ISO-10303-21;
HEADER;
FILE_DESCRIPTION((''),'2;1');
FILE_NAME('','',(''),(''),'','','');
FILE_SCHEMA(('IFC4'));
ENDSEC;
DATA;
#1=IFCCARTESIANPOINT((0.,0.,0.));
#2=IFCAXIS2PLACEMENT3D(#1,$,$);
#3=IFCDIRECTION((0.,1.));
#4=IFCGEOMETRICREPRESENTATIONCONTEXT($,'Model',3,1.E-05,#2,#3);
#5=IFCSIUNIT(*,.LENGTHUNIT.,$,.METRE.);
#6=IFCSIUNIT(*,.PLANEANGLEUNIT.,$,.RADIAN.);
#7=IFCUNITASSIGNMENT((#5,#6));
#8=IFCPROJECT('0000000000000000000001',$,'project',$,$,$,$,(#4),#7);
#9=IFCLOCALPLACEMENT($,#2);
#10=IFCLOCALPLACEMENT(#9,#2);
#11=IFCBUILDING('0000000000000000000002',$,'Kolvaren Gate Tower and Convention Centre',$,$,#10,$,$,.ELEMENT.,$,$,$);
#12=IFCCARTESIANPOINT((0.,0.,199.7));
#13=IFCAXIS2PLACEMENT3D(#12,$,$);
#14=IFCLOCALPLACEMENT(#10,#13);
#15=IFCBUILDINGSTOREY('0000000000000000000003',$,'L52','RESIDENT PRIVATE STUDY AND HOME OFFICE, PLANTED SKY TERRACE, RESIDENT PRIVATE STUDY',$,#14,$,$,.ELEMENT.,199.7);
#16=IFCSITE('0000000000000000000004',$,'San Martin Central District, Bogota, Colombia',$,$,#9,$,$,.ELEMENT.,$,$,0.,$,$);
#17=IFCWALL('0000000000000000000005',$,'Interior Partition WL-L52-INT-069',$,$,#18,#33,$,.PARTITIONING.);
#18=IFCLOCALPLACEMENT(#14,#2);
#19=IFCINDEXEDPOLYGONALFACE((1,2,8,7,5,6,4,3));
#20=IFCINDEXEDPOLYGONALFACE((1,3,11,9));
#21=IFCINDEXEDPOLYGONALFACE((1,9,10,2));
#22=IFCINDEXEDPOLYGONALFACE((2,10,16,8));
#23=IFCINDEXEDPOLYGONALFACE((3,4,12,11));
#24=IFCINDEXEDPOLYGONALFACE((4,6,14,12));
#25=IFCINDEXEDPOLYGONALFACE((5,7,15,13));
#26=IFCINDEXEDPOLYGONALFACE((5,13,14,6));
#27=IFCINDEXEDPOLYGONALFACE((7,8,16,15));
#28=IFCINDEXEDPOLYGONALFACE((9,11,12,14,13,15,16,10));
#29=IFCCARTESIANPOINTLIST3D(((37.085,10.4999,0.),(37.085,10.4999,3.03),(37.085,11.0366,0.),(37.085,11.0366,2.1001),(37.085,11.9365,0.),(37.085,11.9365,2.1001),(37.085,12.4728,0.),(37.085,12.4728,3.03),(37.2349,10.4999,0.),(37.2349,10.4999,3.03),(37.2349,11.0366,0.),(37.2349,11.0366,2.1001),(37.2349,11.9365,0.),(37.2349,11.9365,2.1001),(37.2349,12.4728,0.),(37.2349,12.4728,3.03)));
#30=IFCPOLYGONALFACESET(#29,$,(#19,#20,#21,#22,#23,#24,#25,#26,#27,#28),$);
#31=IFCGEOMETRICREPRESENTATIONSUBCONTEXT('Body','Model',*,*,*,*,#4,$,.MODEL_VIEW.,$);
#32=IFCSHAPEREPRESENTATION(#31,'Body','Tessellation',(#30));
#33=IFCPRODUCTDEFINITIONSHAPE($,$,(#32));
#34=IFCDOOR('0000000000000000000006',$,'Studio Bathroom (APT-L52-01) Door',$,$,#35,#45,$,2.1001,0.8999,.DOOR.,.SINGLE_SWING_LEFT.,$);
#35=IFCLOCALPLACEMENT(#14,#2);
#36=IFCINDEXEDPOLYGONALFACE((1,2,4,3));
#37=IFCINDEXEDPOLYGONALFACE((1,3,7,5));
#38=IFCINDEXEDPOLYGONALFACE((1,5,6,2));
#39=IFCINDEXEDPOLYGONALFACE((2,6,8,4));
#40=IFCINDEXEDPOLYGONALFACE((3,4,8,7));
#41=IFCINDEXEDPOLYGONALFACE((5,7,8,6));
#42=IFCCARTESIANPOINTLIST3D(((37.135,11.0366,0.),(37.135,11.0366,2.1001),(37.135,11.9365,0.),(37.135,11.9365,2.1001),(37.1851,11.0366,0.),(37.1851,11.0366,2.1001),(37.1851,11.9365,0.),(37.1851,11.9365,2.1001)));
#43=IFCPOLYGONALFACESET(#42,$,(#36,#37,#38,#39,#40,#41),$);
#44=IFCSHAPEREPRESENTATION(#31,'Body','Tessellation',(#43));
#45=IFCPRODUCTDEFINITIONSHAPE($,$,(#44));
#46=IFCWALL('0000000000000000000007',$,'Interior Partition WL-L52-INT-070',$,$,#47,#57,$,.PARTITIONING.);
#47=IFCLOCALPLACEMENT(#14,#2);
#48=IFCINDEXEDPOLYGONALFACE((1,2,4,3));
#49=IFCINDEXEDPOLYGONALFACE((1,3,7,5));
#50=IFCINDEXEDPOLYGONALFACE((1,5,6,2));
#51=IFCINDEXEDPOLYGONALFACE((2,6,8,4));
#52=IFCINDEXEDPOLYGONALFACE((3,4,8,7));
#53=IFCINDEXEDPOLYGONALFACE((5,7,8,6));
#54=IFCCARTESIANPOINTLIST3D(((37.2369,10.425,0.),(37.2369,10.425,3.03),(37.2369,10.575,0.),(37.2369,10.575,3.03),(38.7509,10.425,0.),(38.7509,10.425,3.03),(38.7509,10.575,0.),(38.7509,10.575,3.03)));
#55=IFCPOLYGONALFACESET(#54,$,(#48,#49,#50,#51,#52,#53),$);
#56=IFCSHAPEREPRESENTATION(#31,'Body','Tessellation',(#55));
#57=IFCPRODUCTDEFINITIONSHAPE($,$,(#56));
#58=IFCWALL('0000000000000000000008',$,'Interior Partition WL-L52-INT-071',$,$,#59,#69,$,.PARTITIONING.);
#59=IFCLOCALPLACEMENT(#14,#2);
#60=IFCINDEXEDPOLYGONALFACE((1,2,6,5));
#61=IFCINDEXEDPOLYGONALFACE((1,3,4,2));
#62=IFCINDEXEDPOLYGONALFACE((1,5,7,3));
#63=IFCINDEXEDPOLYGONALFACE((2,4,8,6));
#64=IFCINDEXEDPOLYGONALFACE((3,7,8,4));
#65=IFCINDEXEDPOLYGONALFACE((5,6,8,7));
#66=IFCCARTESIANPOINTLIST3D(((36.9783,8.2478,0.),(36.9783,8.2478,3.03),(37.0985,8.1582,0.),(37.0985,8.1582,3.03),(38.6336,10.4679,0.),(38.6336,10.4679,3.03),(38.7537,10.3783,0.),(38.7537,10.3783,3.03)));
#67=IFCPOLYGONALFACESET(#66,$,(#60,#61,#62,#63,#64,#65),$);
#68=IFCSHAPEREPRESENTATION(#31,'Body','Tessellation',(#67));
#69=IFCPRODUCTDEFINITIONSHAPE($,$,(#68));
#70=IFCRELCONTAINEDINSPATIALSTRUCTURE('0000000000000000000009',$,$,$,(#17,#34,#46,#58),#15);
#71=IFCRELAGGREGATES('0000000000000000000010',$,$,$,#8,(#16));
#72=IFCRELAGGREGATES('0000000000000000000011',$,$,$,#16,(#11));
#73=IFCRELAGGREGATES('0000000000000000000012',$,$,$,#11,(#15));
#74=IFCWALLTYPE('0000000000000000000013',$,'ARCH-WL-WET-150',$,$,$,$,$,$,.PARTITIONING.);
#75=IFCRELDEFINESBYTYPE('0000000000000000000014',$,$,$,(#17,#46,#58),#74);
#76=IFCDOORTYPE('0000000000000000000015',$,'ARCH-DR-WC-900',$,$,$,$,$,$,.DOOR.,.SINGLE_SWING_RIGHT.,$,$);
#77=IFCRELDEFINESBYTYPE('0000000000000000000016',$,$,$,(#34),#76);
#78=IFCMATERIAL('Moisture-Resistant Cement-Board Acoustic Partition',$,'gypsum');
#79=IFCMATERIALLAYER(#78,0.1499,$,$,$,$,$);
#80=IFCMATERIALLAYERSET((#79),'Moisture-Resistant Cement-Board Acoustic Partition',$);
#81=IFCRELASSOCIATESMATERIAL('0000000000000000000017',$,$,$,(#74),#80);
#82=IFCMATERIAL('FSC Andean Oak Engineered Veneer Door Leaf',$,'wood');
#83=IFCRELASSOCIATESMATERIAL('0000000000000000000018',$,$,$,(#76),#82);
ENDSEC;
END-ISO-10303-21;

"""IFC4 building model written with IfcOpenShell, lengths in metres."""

from ifc_helpers import new_model, si_unit, direction, frame, frame_2d, origin, place, context, subcontext, project, spatial, rectangle, extrude, material, layer, layer_set, type_object, element, fill, save


model = new_model("IFC4")

# Units and contexts
model_context = context("Model", 3, precision=1e-05, world=origin(), true_north=direction((0.0, 1.0)))
body_context = subcontext(model_context, "Body", "Model", "MODEL_VIEW")
ifc_project = project(units=[si_unit("LENGTHUNIT", "METRE"), si_unit("PLANEANGLEUNIT", "RADIAN")], contexts=[model_context])

# Site, building, storey
site_placement = place(None, origin())
site = spatial("IfcSite", under=ifc_project, at=site_placement, Name="San Martin Central District, Bogota, Colombia", CompositionType="ELEMENT", RefElevation=0.0)
building_placement = place(site_placement, origin())
building = spatial("IfcBuilding", under=site, at=building_placement, Name="Kolvaren Gate Tower and Convention Centre", CompositionType="ELEMENT")
storey_placement = place(building_placement, frame((0.0, 0.0, 199.7)))
storey = spatial("IfcBuildingStorey", under=building, at=storey_placement, Name="L52", Description="RESIDENT PRIVATE STUDY AND HOME OFFICE, PLANTED SKY TERRACE, RESIDENT PRIVATE STUDY", CompositionType="ELEMENT", Elevation=199.7)

# Shared definitions
ifc_material_1 = material(Name="FSC Andean Oak Engineered Veneer Door Leaf", Category="wood")

# Shared definitions
ifc_material_2 = material(Name="Moisture-Resistant Cement-Board Acoustic Partition", Category="gypsum")
ifc_layer_1 = layer(ifc_material_2, 0.1499)
ifc_layer_set_1 = layer_set([ifc_layer_1], Name="Moisture-Resistant Cement-Board Acoustic Partition")
wall_type_1 = type_object("IfcWallType", Name="ARCH-WL-WET-150", PredefinedType="PARTITIONING", material=ifc_layer_set_1)

# Wall, opening, door
wall_1_placement = place(storey_placement, frame((37.1599, 10.5, 0.0), z_axis=(0.0, 0.0, 1.0), x_axis=(0.0, 1.0, 0.0)))
wall_1 = element("IfcWall", 1, at=wall_1_placement, inside=storey, type_object=wall_type_1, Name="Interior Partition WL-L52-INT-069", PredefinedType="PARTITIONING", context=body_context, shape_type="SweptSolid", body=[
    extrude(rectangle(XDim=1.9729, YDim=0.1499, at=frame_2d((0.9863, 0.0))), origin(), (0.0, 0.0, 1.0), 3.03),
])
opening_1_placement = place(wall_1_placement, frame((0.5366, 0.0, 0.0)))
opening_1 = element("IfcOpeningElement", 2, at=opening_1_placement, cuts=wall_1, PredefinedType="OPENING", context=body_context, shape_type="SweptSolid", body=[
    extrude(rectangle(XDim=0.8999, YDim=2.1001, at=frame_2d((0.45, 1.05))), frame((0.0, 0.085, 0.0), z_axis=(0.0, -1.0, 0.0), x_axis=(1.0, 0.0, 0.0)), (0.0, 0.0, 1.0), 0.1699),
])
door_type_1 = type_object("IfcDoorType", Name="ARCH-DR-WC-900", OperationType="SINGLE_SWING_RIGHT", PredefinedType="DOOR", material=ifc_material_1)
door_1_placement = place(opening_1_placement, origin())
door_1 = element("IfcDoor", 3, at=door_1_placement, inside=storey, type_object=door_type_1, Name="Studio Bathroom (APT-L52-01) Door", OperationType="SINGLE_SWING_LEFT", OverallHeight=2.1001, OverallWidth=0.8999, PredefinedType="DOOR", context=body_context, shape_type="SweptSolid", body=[
    extrude(rectangle(XDim=0.8999, YDim=2.1001, at=frame_2d((0.45, 1.05))), frame((0.0, 0.0249, 0.0), z_axis=(0.0, -1.0, 0.0), x_axis=(1.0, 0.0, 0.0)), (0.0, 0.0, 1.0), 0.05),
])
fill(opening_1, door_1)

# Walls
wall_2_placement = place(storey_placement, frame((37.2371, 10.5, 0.0), z_axis=(0.0, 0.0, 1.0), x_axis=(1.0, 0.0, 0.0)))
element("IfcWall", 4, at=wall_2_placement, inside=storey, type_object=wall_type_1, Name="Interior Partition WL-L52-INT-070", PredefinedType="PARTITIONING", context=body_context, shape_type="SweptSolid", body=[
    extrude(rectangle(XDim=1.5139, YDim=0.1499, at=frame_2d((0.7568, 0.0))), origin(), (0.0, 0.0, 1.0), 3.03),
])
wall_3_placement = place(storey_placement, frame((37.0383, 8.2029, 0.0), z_axis=(0.0, 0.0, 1.0), x_axis=(0.597712, 0.801711, 0.0)))
element("IfcWall", 5, at=wall_3_placement, inside=storey, type_object=wall_type_1, Name="Interior Partition WL-L52-INT-071", PredefinedType="PARTITIONING", context=body_context, shape_type="SweptSolid", body=[
    extrude(rectangle(XDim=2.7693, YDim=0.1499, at=frame_2d((1.3848, 0.0))), origin(), (0.0, 0.0, 1.0), 3.03),
])

save(model, "model.ifc")
